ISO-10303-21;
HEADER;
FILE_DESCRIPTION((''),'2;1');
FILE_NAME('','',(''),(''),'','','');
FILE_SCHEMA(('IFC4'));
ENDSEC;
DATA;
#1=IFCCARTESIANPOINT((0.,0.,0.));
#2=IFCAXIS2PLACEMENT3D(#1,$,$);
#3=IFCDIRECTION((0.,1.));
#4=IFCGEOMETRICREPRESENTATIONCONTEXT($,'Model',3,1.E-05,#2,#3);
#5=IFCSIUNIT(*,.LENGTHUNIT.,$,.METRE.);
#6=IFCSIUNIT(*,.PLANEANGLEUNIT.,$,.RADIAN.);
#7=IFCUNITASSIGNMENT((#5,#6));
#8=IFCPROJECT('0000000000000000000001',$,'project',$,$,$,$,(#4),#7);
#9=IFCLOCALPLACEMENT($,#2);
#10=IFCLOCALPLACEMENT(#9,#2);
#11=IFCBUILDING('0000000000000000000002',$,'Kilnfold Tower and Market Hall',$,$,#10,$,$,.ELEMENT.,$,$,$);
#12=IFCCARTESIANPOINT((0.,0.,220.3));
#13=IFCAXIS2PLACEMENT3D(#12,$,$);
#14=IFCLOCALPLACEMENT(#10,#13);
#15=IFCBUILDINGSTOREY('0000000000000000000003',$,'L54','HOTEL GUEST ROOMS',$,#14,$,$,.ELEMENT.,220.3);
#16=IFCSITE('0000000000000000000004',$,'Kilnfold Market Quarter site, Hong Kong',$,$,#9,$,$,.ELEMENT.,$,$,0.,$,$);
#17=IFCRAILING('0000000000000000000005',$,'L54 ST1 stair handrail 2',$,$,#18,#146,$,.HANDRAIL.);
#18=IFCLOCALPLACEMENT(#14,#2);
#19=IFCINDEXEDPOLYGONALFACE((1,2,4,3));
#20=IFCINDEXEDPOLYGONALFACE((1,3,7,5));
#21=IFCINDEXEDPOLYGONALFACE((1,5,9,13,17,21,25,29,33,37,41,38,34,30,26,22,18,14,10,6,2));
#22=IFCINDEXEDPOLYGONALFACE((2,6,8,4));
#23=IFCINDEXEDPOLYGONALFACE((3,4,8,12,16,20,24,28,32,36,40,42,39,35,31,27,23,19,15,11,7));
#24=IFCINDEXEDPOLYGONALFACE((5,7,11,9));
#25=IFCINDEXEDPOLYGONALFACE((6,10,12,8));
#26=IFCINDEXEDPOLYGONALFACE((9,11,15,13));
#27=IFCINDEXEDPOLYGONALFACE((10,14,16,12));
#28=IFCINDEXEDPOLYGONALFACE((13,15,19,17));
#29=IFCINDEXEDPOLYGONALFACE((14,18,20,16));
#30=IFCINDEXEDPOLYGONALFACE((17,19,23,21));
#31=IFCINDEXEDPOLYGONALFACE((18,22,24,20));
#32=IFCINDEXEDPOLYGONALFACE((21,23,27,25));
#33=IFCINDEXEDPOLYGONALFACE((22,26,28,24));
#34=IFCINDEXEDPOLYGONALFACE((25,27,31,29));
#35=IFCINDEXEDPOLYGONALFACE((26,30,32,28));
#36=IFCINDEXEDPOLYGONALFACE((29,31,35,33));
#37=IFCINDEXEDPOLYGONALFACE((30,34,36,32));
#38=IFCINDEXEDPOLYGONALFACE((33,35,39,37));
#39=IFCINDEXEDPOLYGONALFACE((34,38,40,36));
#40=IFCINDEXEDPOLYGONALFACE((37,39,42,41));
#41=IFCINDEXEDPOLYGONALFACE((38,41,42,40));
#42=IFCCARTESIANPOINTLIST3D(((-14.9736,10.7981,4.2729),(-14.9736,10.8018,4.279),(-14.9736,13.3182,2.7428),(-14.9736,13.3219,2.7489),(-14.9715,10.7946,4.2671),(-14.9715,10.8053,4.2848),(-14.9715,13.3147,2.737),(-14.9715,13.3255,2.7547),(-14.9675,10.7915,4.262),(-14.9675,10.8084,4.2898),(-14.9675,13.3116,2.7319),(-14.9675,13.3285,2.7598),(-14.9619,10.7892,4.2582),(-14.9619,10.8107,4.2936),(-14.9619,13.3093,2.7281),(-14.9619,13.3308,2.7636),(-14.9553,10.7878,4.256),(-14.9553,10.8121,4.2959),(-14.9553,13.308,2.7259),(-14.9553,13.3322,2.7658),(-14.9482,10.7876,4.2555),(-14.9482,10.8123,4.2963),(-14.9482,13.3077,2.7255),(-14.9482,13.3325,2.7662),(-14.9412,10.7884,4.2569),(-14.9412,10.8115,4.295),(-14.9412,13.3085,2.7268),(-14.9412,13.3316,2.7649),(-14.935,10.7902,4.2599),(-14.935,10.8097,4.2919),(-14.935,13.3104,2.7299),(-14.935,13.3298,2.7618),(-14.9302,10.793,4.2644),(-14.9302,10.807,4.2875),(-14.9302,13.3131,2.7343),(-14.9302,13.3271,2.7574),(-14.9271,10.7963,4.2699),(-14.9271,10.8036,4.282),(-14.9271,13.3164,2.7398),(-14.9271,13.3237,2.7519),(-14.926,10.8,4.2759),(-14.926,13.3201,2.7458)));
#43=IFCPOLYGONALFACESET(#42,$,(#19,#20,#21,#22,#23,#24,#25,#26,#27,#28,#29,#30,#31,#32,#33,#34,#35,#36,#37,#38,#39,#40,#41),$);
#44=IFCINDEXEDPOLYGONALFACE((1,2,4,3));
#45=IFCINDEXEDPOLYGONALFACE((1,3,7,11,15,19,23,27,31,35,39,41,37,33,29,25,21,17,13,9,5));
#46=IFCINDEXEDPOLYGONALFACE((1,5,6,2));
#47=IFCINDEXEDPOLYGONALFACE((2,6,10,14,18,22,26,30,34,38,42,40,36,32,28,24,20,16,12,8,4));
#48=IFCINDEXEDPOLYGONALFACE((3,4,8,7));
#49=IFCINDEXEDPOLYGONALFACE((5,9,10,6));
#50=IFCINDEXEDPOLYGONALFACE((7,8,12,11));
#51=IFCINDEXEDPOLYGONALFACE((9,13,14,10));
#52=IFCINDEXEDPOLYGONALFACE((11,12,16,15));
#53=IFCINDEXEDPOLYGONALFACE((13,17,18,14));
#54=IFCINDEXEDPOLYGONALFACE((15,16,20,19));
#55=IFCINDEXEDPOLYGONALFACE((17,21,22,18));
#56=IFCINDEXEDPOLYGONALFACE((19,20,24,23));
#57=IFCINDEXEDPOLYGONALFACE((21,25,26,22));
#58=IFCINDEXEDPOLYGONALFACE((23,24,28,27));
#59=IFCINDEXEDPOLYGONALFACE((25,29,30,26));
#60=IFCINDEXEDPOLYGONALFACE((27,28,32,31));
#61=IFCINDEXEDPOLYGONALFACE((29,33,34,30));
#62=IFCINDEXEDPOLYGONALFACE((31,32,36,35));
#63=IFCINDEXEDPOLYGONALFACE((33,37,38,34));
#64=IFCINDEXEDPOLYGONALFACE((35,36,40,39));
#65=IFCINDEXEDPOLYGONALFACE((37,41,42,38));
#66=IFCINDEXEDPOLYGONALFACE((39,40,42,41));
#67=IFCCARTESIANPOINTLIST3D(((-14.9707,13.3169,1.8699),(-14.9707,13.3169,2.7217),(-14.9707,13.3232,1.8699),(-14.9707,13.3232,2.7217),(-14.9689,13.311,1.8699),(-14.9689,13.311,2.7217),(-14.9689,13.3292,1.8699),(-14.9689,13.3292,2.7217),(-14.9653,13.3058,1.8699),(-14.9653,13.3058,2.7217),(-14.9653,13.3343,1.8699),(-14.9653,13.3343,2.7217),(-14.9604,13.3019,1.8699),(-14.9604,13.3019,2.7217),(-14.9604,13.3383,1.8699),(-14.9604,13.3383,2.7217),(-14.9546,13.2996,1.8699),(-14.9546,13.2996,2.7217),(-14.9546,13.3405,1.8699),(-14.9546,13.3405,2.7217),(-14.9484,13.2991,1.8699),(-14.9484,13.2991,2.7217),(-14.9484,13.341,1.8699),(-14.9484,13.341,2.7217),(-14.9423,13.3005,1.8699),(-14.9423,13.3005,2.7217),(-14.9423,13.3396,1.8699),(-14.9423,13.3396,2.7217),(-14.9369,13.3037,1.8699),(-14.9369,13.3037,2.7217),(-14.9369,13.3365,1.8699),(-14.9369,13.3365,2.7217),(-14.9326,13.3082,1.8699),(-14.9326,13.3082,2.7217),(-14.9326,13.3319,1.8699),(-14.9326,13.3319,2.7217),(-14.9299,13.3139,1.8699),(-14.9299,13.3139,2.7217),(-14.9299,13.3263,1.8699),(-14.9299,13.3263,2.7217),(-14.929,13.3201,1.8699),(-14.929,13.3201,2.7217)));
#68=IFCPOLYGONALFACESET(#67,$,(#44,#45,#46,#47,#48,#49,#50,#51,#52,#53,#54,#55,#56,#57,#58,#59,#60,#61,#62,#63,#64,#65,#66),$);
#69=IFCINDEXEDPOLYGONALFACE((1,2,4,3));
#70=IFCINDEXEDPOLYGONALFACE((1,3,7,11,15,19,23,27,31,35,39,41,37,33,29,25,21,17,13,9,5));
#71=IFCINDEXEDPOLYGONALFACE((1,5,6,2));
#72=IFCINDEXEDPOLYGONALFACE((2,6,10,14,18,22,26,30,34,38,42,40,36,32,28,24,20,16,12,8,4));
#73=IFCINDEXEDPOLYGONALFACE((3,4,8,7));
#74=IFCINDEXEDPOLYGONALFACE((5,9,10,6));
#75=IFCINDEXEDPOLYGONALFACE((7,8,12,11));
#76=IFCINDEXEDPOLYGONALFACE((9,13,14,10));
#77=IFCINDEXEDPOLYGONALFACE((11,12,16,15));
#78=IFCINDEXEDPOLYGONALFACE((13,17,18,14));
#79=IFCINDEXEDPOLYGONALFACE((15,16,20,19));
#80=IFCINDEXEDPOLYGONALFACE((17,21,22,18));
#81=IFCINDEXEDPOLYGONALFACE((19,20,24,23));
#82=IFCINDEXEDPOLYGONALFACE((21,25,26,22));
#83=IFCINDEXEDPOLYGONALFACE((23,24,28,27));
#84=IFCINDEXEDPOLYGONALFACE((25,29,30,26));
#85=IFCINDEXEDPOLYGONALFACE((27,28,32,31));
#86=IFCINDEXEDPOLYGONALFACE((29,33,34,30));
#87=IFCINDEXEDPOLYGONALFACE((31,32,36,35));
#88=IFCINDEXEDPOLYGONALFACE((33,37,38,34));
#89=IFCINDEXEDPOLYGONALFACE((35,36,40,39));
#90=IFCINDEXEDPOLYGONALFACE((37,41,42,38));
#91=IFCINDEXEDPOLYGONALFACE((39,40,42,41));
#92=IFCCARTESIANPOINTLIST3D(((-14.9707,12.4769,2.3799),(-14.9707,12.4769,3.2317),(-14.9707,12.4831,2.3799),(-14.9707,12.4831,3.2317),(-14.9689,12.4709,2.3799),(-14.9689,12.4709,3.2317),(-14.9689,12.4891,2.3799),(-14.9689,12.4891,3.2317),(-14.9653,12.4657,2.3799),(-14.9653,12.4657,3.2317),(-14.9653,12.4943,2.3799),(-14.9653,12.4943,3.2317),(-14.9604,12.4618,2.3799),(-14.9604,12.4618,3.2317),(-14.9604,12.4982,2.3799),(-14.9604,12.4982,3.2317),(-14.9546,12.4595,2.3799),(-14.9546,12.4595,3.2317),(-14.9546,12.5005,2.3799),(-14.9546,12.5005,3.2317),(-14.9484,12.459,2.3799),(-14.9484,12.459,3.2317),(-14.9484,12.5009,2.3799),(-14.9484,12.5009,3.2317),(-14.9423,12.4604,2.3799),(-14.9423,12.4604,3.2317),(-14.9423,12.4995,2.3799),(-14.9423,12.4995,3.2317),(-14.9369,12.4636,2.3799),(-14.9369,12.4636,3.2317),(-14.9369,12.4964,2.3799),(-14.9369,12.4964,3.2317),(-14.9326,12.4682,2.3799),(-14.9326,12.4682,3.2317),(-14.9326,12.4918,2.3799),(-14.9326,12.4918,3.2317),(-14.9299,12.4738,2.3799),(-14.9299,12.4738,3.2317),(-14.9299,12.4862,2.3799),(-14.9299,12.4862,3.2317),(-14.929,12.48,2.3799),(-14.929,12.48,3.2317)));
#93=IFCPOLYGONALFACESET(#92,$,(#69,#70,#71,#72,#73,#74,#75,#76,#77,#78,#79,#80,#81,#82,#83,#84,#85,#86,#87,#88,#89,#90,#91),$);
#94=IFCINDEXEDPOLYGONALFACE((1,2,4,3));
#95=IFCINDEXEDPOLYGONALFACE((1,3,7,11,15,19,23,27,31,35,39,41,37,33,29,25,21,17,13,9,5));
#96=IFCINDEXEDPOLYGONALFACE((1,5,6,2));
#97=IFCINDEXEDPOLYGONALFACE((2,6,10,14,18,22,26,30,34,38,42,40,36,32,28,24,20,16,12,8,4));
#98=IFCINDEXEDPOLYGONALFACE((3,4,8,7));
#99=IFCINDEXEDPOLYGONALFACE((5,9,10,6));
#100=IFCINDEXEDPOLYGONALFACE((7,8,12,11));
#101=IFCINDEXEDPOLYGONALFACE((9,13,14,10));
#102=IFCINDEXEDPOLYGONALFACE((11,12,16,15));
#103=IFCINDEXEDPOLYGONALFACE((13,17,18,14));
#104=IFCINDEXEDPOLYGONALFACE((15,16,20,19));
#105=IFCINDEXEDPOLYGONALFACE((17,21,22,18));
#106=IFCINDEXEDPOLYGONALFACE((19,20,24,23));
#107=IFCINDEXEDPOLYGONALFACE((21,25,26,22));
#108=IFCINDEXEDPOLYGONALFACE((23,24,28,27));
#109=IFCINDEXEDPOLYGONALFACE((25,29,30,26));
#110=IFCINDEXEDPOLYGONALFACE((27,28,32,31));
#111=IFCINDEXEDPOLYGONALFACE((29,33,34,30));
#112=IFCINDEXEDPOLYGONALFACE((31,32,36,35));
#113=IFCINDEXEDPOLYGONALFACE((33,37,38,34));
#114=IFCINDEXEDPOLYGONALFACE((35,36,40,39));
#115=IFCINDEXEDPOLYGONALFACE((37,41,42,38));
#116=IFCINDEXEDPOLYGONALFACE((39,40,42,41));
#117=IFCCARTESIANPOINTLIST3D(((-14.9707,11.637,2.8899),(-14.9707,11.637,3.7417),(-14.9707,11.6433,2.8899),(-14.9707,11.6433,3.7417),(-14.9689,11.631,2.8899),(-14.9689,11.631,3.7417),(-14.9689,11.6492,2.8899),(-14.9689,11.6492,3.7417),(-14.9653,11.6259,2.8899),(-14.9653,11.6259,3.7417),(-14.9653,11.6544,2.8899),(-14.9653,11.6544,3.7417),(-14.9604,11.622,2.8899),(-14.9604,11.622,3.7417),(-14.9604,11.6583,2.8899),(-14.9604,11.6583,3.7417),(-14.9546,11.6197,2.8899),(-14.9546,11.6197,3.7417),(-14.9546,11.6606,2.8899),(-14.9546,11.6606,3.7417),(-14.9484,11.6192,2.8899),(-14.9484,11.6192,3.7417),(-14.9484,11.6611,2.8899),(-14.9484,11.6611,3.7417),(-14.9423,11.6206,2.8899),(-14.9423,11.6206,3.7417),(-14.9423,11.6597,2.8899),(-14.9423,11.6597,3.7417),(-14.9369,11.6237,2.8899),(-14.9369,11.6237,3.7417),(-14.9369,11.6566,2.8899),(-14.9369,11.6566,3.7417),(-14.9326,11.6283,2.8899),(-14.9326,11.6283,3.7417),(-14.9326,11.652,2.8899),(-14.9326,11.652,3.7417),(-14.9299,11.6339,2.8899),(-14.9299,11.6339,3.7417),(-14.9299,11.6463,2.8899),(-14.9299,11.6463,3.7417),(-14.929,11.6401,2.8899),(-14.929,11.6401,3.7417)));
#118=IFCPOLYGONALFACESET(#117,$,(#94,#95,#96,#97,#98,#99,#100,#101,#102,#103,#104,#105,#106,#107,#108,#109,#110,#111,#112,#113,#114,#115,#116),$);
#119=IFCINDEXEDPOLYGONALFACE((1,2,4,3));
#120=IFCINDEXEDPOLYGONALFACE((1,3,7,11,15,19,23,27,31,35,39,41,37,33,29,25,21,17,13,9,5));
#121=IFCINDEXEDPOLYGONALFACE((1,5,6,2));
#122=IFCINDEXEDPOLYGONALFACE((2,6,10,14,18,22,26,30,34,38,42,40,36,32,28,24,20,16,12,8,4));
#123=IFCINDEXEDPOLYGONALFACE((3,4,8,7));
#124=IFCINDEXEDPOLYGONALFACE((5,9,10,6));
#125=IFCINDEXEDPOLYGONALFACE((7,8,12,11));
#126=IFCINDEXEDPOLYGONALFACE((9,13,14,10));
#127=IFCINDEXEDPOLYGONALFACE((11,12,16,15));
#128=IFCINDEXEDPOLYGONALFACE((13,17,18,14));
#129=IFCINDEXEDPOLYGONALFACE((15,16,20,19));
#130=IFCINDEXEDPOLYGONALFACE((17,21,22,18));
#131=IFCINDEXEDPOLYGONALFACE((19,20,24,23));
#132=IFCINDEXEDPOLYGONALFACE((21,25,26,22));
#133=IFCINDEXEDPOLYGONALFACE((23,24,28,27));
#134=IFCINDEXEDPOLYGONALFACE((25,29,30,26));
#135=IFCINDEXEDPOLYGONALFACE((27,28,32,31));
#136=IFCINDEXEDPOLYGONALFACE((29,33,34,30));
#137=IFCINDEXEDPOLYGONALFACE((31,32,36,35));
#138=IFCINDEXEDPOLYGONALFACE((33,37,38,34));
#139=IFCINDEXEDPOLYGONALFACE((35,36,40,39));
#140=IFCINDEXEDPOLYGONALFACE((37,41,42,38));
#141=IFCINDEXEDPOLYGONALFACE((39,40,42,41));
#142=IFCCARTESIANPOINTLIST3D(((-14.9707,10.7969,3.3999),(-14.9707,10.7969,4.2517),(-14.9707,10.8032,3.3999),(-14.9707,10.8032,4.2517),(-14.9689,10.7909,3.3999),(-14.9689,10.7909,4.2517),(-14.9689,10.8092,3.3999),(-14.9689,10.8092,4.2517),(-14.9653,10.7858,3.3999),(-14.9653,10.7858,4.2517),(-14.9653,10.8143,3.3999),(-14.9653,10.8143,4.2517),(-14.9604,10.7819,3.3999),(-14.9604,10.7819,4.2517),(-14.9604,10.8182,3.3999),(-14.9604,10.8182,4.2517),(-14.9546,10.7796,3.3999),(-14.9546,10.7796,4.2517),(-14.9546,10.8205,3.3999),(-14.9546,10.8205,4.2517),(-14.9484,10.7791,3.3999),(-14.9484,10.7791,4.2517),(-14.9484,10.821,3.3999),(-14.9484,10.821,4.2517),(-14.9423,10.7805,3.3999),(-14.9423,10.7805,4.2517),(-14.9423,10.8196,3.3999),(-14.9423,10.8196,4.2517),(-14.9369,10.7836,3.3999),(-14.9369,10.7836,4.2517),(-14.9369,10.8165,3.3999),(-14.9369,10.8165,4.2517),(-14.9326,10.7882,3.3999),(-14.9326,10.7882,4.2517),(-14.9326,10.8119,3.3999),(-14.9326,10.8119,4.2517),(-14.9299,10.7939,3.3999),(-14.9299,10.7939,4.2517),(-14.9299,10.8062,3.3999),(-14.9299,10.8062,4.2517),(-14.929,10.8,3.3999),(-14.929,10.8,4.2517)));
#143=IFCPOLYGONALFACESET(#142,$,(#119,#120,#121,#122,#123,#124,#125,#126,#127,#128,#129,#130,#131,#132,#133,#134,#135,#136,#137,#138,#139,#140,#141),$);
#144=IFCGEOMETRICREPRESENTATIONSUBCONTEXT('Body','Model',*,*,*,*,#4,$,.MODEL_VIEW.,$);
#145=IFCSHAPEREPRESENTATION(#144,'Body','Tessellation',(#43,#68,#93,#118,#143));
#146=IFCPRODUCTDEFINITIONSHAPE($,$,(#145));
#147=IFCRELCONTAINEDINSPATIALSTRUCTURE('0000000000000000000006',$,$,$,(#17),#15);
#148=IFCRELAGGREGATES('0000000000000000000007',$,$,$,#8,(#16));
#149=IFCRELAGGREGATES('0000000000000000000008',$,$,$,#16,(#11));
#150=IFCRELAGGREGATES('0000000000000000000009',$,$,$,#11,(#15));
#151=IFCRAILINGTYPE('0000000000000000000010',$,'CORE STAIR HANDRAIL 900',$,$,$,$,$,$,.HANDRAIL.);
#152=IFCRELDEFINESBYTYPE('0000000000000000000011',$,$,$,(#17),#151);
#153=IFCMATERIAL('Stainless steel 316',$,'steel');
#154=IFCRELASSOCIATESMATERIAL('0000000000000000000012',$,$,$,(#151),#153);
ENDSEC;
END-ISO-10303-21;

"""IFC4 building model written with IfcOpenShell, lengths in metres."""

from ifc_helpers import new_model, si_unit, direction, frame, origin, origin_2d, place, context, subcontext, project, spatial, circle, extrude, material, type_object, element, save


model = new_model("IFC4")

# Units and contexts
model_context = context("Model", 3, precision=1e-05, world=origin(), true_north=direction((0.0, 1.0)))
body_context = subcontext(model_context, "Body", "Model", "MODEL_VIEW")
ifc_project = project(units=[si_unit("LENGTHUNIT", "METRE"), si_unit("PLANEANGLEUNIT", "RADIAN")], contexts=[model_context])

# Site, building, storey
site_placement = place(None, origin())
site = spatial("IfcSite", under=ifc_project, at=site_placement, Name="Kilnfold Market Quarter site, Hong Kong", CompositionType="ELEMENT", RefElevation=0.0)
building_placement = place(site_placement, origin())
building = spatial("IfcBuilding", under=site, at=building_placement, Name="Kilnfold Tower and Market Hall", CompositionType="ELEMENT")
storey_placement = place(building_placement, frame((0.0, 0.0, 220.3)))
storey = spatial("IfcBuildingStorey", under=building, at=storey_placement, Name="L54", Description="HOTEL GUEST ROOMS", CompositionType="ELEMENT", Elevation=220.3)

# Railing
ifc_material_1 = material(Name="Stainless steel 316", Category="steel")
railing_type_1 = type_object("IfcRailingType", Name="CORE STAIR HANDRAIL 900", PredefinedType="HANDRAIL", material=ifc_material_1)
railing_1_placement = place(storey_placement, frame((-14.95, 13.3201, 1.8699)))
element("IfcRailing", 1, at=railing_1_placement, inside=storey, type_object=railing_type_1, Name="L54 ST1 stair handrail 2", PredefinedType="HANDRAIL", context=body_context, shape_type="SweptSolid", body=[
    extrude(circle(Radius=0.0239, at=origin_2d()), frame((0.0, 0.0, 0.876), z_axis=(0.0, -0.854785, 0.518982), x_axis=(1.0, 0.0, 0.0)), (0.0, 0.0, 1.0), 2.9482),
    extrude(circle(Radius=0.021, at=origin_2d()), origin(), (0.0, 0.0, 1.0), 0.8518),
    extrude(circle(Radius=0.021, at=origin_2d()), frame((0.0, -0.8401, 0.51)), (0.0, 0.0, 1.0), 0.8518),
    extrude(circle(Radius=0.021, at=origin_2d()), frame((0.0, -1.6799, 1.02)), (0.0, 0.0, 1.0), 0.8518),
    extrude(circle(Radius=0.021, at=origin_2d()), frame((0.0, -2.52, 1.53)), (0.0, 0.0, 1.0), 0.8518),
])

save(model, "model.ifc")
